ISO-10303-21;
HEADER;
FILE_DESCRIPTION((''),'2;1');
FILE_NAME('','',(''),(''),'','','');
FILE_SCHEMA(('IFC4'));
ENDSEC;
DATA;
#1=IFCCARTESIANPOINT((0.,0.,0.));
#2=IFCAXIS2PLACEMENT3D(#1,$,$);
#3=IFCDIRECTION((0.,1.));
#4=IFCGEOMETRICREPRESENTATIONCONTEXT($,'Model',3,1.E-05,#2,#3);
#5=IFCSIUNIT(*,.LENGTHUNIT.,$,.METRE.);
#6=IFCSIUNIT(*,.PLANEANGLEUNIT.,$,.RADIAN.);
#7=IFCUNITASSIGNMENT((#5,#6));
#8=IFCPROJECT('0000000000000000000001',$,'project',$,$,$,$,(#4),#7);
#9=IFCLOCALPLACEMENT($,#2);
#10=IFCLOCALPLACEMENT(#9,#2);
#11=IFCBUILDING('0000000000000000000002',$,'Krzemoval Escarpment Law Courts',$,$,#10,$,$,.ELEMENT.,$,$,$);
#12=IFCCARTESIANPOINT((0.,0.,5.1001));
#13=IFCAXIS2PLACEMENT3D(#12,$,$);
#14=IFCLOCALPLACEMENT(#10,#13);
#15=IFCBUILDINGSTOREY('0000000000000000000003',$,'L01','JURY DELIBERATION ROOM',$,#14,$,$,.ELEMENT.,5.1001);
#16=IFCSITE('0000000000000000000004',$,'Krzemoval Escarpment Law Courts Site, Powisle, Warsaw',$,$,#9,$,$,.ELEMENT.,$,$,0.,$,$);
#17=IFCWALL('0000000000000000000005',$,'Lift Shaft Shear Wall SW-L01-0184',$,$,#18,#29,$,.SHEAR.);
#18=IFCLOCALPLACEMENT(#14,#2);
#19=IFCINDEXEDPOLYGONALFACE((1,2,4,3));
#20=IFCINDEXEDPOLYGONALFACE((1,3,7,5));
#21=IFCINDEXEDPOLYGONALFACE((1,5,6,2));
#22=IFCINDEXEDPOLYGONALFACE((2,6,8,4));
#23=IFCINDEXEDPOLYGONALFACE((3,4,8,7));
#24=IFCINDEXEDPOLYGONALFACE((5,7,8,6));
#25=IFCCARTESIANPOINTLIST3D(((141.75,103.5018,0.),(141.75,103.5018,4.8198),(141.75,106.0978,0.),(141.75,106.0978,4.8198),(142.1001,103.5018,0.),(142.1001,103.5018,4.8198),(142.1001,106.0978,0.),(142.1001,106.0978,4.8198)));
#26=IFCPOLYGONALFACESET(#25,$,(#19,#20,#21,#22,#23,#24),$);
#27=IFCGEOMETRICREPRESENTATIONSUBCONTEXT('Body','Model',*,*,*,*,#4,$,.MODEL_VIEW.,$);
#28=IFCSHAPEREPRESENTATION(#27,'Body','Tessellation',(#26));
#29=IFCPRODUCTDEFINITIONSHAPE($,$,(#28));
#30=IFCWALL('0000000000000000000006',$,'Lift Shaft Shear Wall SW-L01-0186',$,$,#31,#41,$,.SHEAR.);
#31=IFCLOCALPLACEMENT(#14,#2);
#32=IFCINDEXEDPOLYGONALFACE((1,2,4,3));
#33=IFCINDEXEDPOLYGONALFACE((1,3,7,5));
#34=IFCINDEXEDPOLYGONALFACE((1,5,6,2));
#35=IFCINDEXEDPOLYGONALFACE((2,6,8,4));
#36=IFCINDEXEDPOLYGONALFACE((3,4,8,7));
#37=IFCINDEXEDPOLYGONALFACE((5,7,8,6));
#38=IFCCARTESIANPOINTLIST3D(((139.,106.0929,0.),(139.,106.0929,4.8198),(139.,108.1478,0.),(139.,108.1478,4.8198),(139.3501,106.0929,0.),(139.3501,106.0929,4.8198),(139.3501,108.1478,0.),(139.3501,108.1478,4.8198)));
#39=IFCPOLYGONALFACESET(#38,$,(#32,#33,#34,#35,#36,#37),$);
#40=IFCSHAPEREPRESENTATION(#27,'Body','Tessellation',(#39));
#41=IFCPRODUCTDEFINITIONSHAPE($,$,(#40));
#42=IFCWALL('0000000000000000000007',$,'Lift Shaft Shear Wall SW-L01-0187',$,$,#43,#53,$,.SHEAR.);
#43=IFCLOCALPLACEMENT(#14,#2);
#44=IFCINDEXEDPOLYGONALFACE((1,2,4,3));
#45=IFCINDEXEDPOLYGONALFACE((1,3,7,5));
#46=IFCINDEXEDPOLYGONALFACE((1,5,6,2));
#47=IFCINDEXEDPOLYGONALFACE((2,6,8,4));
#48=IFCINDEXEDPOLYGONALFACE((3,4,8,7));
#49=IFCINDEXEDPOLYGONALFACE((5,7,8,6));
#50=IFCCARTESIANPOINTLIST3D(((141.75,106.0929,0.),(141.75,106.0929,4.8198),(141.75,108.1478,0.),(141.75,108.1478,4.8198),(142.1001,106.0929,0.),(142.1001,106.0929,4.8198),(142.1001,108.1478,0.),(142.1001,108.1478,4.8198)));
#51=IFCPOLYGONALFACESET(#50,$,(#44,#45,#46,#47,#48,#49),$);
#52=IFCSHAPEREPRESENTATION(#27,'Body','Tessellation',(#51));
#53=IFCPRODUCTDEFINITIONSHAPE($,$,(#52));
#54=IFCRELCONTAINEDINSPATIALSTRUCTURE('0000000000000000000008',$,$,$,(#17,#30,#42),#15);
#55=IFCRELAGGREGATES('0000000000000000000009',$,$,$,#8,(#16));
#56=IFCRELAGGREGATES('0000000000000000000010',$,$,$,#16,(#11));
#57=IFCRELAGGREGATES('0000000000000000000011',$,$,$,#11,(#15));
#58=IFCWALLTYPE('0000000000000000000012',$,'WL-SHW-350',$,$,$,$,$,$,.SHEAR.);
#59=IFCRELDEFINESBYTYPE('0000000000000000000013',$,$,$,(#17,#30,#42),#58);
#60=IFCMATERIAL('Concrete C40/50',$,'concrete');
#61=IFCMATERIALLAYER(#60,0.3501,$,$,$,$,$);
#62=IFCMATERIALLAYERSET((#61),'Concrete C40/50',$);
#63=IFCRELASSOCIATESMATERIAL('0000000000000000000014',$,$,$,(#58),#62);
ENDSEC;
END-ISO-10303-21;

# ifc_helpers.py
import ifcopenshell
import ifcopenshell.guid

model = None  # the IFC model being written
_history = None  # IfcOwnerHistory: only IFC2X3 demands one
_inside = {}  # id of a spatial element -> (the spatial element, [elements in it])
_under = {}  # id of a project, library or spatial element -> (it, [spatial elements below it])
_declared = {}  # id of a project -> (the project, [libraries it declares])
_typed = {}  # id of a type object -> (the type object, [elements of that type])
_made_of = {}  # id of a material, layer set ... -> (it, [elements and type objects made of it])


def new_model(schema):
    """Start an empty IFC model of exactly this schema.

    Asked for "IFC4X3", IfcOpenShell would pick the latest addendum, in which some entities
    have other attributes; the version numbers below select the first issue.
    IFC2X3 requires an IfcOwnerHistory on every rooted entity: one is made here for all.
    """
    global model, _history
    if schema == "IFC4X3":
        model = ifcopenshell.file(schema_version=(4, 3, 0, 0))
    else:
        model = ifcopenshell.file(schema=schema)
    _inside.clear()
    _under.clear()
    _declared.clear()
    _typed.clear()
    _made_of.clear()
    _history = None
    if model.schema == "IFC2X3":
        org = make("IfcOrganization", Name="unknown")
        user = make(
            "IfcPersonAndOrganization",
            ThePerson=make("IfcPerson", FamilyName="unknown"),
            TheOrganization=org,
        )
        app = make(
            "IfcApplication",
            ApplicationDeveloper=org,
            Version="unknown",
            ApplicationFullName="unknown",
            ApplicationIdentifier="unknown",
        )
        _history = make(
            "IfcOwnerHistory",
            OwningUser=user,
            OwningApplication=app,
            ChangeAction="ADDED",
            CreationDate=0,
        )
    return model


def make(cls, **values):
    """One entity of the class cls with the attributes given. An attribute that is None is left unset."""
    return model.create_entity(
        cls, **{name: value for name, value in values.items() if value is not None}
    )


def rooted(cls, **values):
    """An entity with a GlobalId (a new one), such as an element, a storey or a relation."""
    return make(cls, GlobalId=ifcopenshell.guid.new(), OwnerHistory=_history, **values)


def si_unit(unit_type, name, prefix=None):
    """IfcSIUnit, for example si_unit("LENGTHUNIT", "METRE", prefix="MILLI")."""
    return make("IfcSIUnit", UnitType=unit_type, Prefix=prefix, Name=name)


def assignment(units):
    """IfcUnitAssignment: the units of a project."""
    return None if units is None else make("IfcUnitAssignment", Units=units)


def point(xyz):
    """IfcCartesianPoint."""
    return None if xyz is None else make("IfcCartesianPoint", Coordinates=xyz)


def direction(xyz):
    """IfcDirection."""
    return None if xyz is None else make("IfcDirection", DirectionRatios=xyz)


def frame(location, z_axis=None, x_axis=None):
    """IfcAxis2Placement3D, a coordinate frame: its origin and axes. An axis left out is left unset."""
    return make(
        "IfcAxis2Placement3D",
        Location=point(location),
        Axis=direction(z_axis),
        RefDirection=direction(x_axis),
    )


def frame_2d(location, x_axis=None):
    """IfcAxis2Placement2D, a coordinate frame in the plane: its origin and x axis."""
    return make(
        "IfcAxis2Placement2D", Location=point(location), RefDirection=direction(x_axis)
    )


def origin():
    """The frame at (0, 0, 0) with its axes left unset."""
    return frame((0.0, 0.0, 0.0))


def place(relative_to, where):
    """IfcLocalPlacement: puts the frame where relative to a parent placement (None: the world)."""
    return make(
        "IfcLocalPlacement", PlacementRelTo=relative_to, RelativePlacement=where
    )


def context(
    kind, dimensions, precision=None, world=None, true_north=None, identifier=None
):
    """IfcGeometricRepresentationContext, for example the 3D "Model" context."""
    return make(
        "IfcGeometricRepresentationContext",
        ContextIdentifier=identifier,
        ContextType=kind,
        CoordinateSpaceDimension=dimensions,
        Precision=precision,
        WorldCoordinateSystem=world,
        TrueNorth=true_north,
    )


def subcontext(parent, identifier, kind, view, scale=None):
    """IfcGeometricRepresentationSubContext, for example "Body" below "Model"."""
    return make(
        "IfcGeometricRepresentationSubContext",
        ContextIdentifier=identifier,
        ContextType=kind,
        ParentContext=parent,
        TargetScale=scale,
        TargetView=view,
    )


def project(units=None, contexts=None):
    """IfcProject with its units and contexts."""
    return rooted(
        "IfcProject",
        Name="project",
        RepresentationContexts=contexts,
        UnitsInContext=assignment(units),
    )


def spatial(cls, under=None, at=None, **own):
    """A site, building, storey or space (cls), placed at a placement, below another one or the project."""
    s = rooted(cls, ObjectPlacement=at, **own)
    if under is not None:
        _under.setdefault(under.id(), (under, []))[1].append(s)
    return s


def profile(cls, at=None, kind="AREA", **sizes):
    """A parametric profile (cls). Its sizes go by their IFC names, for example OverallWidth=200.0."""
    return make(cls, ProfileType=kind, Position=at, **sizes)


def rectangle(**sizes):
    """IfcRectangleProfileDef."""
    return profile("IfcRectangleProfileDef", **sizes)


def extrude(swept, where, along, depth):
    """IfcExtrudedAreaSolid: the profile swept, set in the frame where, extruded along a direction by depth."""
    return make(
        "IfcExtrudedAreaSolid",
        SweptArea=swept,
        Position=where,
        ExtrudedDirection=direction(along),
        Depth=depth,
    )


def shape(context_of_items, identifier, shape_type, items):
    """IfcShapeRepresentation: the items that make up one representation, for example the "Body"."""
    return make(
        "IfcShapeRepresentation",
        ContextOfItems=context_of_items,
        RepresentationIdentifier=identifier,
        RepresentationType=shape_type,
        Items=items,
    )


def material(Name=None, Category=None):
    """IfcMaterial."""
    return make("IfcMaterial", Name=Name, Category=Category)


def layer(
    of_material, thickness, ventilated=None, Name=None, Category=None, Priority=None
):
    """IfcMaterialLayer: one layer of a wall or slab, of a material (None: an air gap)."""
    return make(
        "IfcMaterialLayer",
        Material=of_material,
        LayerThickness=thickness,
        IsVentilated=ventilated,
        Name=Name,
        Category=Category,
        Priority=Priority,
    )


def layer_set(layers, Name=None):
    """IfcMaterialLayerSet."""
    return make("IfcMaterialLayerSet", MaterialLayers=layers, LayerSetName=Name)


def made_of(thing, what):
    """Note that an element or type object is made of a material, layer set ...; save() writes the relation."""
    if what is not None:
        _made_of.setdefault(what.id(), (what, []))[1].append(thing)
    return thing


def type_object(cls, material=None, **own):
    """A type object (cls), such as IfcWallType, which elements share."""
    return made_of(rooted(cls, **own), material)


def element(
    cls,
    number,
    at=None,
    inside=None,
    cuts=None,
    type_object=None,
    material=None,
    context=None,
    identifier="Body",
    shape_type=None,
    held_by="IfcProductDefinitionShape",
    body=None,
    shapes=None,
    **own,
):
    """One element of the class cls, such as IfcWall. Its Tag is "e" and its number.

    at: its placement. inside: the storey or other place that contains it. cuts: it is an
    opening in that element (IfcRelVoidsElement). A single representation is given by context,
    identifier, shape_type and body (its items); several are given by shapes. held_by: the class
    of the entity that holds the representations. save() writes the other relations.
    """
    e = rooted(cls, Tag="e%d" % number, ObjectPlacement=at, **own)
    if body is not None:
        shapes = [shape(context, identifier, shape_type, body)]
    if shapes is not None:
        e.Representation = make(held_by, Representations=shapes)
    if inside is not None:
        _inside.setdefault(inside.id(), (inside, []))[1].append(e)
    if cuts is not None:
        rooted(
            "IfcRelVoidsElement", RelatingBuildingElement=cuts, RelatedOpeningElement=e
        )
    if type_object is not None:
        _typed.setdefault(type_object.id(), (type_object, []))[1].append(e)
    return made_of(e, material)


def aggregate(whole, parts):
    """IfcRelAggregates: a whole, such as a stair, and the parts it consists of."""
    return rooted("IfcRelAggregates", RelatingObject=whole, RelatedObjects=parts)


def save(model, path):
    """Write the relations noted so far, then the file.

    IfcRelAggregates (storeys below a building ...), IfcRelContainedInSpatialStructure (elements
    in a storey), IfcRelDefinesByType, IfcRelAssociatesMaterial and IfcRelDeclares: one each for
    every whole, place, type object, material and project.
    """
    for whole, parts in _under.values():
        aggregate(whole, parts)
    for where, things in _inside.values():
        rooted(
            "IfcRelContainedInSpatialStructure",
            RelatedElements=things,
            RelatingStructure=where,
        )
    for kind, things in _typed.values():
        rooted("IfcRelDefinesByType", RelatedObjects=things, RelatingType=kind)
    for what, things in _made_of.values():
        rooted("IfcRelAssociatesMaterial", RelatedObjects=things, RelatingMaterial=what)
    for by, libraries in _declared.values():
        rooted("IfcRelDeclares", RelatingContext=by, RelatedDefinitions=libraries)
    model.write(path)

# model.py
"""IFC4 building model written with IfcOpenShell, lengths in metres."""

from ifc_helpers import new_model, si_unit, direction, frame, frame_2d, origin, place, context, subcontext, project, spatial, rectangle, extrude, material, layer, layer_set, type_object, element, save


model = new_model("IFC4")

# Units and contexts
model_context = context("Model", 3, precision=1e-05, world=origin(), true_north=direction((0.0, 1.0)))
body_context = subcontext(model_context, "Body", "Model", "MODEL_VIEW")
ifc_project = project(units=[si_unit("LENGTHUNIT", "METRE"), si_unit("PLANEANGLEUNIT", "RADIAN")], contexts=[model_context])

# Site, building, storey
site_placement = place(None, origin())
site = spatial("IfcSite", under=ifc_project, at=site_placement, Name="Krzemoval Escarpment Law Courts Site, Powisle, Warsaw", CompositionType="ELEMENT", RefElevation=0.0)
building_placement = place(site_placement, origin())
building = spatial("IfcBuilding", under=site, at=building_placement, Name="Krzemoval Escarpment Law Courts", CompositionType="ELEMENT")
storey_placement = place(building_placement, frame((0.0, 0.0, 5.1001)))
storey = spatial("IfcBuildingStorey", under=building, at=storey_placement, Name="L01", Description="JURY DELIBERATION ROOM", CompositionType="ELEMENT", Elevation=5.1001)

# Shared definitions
ifc_material_1 = material(Name="Concrete C40/50", Category="concrete")
ifc_layer_1 = layer(ifc_material_1, 0.3501)
ifc_layer_set_1 = layer_set([ifc_layer_1], Name="Concrete C40/50")
wall_type_1 = type_object("IfcWallType", Name="WL-SHW-350", PredefinedType="SHEAR", material=ifc_layer_set_1)

# Wall
wall_1_placement = place(storey_placement, frame((141.925, 103.502, 0.0), z_axis=(0.0, 0.0, 1.0), x_axis=(0.0, 1.0, 0.0)))
element("IfcWall", 1, at=wall_1_placement, inside=storey, type_object=wall_type_1, Name="Lift Shaft Shear Wall SW-L01-0184", PredefinedType="SHEAR", context=body_context, shape_type="SweptSolid", body=[
    extrude(rectangle(XDim=2.5959, YDim=0.3501, at=frame_2d((1.2979, 0.0))), origin(), (0.0, 0.0, 1.0), 4.8198),
])

# Walls
for number, where, z_axis, x_axis, name in (
    (2, (139.175, 106.093, 0.0), (0.0, 0.0, 1.0), (0.0, 1.0, 0.0), "Lift Shaft Shear Wall SW-L01-0186"),
    (3, (141.925, 106.093, 0.0), (0.0, 0.0, 1.0), (0.0, 1.0, 0.0), "Lift Shaft Shear Wall SW-L01-0187"),
):
    element("IfcWall", number, at=place(storey_placement, frame(where, z_axis=z_axis, x_axis=x_axis)), inside=storey, type_object=wall_type_1, Name=name, PredefinedType="SHEAR", context=body_context, shape_type="SweptSolid", body=[
        extrude(rectangle(XDim=2.0549, YDim=0.3501, at=frame_2d((1.0273, 0.0))), origin(), (0.0, 0.0, 1.0), 4.8198),
    ])

save(model, "model.ifc")
